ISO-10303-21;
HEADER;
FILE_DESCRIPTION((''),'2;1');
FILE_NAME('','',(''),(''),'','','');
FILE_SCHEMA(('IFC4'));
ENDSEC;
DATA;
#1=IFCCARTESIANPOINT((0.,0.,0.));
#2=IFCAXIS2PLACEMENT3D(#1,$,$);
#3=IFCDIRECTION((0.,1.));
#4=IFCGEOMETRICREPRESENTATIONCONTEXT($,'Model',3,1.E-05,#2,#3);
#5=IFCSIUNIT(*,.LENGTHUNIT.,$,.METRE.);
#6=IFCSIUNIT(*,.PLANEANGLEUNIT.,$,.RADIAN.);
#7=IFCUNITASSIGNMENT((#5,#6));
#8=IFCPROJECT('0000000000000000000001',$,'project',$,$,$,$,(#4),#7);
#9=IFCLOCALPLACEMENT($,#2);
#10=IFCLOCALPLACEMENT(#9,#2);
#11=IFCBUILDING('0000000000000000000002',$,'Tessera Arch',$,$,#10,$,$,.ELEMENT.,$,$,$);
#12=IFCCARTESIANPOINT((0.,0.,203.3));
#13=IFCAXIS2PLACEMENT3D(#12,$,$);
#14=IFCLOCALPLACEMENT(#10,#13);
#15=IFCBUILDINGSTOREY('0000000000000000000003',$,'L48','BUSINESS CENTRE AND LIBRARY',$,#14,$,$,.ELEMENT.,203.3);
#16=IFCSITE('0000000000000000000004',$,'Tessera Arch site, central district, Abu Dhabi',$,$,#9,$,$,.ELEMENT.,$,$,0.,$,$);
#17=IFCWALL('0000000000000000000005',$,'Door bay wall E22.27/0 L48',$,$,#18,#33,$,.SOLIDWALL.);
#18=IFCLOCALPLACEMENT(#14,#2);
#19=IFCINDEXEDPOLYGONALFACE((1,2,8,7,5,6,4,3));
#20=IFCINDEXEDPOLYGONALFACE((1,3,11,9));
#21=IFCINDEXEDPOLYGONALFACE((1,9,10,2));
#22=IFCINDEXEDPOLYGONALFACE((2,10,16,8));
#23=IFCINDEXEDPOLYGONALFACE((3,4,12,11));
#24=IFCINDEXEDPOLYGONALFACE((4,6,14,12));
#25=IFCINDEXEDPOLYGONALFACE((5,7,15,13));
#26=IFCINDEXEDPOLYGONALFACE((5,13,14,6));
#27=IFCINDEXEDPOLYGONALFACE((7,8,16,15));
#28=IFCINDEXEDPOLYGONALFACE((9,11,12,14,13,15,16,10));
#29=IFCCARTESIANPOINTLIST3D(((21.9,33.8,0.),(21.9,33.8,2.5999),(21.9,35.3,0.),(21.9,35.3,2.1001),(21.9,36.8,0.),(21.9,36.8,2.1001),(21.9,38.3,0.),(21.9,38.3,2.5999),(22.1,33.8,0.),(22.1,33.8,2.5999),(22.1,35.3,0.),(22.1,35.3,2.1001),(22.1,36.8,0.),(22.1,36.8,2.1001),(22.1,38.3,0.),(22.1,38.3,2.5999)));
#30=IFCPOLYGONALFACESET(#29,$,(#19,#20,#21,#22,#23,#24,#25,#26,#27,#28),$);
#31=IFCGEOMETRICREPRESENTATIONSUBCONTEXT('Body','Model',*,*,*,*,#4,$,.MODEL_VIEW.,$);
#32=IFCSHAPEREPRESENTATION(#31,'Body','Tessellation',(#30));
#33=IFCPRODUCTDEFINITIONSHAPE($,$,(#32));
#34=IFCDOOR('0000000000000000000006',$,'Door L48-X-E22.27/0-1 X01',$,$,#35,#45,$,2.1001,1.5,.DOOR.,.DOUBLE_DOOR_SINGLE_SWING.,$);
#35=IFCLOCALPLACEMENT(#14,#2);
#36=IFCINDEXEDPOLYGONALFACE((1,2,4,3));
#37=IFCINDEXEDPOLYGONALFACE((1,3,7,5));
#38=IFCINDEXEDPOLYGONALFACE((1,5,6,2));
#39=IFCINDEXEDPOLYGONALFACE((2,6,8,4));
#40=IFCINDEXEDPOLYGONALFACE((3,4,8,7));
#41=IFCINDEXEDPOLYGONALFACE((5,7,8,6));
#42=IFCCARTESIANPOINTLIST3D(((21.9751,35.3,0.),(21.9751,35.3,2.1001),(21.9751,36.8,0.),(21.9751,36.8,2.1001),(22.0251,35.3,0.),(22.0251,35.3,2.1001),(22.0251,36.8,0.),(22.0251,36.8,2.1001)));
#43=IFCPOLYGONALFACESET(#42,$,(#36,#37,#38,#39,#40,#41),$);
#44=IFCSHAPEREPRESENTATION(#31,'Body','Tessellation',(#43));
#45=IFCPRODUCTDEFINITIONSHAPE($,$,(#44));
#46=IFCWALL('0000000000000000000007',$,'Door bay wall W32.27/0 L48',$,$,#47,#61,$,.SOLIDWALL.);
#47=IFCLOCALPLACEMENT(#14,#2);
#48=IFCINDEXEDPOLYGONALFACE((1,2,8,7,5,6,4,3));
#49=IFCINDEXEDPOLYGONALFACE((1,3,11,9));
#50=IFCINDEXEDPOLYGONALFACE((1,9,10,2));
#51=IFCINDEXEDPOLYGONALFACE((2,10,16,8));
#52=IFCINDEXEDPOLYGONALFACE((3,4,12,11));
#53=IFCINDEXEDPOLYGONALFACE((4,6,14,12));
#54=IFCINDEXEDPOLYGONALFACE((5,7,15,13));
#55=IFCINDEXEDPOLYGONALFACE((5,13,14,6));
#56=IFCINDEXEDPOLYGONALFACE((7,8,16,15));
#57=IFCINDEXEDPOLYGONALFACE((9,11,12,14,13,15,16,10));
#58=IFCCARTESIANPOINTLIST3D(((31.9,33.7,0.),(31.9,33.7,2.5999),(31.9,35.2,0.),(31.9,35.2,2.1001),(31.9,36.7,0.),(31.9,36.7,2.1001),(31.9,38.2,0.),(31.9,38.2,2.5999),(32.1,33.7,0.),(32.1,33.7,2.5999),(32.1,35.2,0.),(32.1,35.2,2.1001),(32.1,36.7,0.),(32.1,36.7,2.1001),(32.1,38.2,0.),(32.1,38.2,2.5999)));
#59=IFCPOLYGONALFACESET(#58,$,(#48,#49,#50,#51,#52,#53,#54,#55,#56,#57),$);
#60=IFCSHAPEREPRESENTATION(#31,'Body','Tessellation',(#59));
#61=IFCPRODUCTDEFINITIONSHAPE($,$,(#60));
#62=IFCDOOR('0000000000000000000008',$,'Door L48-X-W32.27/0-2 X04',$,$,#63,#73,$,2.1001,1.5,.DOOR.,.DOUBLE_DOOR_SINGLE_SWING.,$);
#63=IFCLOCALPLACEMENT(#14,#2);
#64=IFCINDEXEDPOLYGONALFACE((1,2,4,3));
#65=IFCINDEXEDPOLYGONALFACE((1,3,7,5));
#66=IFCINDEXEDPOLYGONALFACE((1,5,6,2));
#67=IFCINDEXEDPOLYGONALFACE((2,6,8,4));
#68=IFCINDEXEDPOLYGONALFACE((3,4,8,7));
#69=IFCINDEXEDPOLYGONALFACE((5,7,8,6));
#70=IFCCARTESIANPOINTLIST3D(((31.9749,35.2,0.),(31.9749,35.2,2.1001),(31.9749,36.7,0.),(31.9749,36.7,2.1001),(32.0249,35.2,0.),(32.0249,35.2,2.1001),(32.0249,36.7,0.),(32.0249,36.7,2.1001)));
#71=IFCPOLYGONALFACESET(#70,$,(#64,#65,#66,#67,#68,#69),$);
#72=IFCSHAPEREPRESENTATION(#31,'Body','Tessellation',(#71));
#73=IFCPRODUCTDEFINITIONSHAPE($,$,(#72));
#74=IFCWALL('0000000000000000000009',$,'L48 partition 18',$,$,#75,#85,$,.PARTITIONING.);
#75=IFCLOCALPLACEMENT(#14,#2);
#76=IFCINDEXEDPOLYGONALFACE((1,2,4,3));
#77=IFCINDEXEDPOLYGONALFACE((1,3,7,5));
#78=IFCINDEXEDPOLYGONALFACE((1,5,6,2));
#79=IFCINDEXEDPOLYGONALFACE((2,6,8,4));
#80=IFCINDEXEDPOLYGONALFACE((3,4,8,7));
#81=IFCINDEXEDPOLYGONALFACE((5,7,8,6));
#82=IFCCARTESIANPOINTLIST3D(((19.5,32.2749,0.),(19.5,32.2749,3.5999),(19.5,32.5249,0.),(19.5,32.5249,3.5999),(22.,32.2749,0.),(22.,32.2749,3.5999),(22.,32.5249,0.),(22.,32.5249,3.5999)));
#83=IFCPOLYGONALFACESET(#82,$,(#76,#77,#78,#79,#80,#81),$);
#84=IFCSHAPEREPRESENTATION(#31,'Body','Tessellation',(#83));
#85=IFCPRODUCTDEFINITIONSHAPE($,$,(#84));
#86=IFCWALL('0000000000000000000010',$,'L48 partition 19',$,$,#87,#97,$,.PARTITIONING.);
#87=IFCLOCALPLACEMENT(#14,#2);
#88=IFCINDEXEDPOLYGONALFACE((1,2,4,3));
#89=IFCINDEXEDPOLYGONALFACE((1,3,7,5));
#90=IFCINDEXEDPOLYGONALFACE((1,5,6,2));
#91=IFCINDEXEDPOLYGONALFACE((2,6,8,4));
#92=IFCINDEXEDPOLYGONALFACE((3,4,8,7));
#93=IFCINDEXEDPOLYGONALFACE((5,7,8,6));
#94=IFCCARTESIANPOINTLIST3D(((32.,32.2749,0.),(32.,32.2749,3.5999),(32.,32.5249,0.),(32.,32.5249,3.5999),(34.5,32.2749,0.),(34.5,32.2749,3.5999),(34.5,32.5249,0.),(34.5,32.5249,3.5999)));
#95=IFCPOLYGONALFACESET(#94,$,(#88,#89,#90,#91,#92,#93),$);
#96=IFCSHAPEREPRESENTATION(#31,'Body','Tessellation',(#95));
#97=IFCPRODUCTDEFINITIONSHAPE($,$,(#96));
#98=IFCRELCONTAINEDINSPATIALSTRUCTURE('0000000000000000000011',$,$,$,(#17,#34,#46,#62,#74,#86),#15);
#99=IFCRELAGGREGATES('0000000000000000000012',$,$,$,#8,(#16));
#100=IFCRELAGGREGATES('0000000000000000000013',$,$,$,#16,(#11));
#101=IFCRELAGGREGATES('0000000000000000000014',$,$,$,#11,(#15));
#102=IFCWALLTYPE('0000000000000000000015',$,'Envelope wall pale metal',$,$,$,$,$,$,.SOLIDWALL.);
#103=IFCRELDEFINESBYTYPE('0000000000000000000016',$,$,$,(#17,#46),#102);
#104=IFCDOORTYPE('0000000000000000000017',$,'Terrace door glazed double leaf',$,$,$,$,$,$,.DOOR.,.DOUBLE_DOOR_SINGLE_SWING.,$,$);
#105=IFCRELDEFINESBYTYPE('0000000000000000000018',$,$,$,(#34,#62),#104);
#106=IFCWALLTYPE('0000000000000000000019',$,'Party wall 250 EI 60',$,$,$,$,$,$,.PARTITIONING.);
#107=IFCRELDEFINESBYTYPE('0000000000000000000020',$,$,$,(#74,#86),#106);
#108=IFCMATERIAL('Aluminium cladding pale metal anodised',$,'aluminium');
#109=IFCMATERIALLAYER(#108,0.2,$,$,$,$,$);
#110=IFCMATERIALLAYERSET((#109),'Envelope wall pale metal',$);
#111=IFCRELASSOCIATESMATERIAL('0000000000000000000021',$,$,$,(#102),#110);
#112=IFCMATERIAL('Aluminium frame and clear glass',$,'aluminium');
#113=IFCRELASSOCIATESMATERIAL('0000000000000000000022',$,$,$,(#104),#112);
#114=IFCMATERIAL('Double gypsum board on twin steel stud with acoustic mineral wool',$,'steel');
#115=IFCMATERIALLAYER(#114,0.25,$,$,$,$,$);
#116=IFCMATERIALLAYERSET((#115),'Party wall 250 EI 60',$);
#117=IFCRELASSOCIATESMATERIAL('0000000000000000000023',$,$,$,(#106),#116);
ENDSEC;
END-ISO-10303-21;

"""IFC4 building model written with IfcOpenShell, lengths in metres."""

from ifc_helpers import new_model, si_unit, direction, frame, frame_2d, origin, place, context, subcontext, project, spatial, rectangle, extrude, material, layer, layer_set, type_object, element, fill, save


model = new_model("IFC4")

# Units and contexts
model_context = context("Model", 3, precision=1e-05, world=origin(), true_north=direction((0.0, 1.0)))
body_context = subcontext(model_context, "Body", "Model", "MODEL_VIEW")
ifc_project = project(units=[si_unit("LENGTHUNIT", "METRE"), si_unit("PLANEANGLEUNIT", "RADIAN")], contexts=[model_context])

# Site, building, storey
site_placement = place(None, origin())
site = spatial("IfcSite", under=ifc_project, at=site_placement, Name="Tessera Arch site, central district, Abu Dhabi", CompositionType="ELEMENT", RefElevation=0.0)
building_placement = place(site_placement, origin())
building = spatial("IfcBuilding", under=site, at=building_placement, Name="Tessera Arch", CompositionType="ELEMENT")
storey_placement = place(building_placement, frame((0.0, 0.0, 203.3)))
storey = spatial("IfcBuildingStorey", under=building, at=storey_placement, Name="L48", Description="BUSINESS CENTRE AND LIBRARY", CompositionType="ELEMENT", Elevation=203.3)

# Walls, openings, doors
ifc_material_1 = material(Name="Aluminium cladding pale metal anodised", Category="aluminium")
ifc_layer_1 = layer(ifc_material_1, 0.2)
ifc_layer_set_1 = layer_set([ifc_layer_1], Name="Envelope wall pale metal")
wall_type_1 = type_object("IfcWallType", Name="Envelope wall pale metal", PredefinedType="SOLIDWALL", material=ifc_layer_set_1)
wall_1_placement = place(storey_placement, frame((22.0, 33.8, 0.0), z_axis=(0.0, 0.0, 1.0), x_axis=(0.0, 1.0, 0.0)))
wall_1 = element("IfcWall", 1, at=wall_1_placement, inside=storey, type_object=wall_type_1, Name="Door bay wall E22.27/0 L48", PredefinedType="SOLIDWALL", context=body_context, shape_type="SweptSolid", body=[
    extrude(rectangle(XDim=4.5, YDim=0.2, at=frame_2d((2.25, 0.0))), origin(), (0.0, 0.0, 1.0), 2.5999),
])
opening_1_placement = place(wall_1_placement, frame((1.5, 0.0, 0.0)))
opening_1 = element("IfcOpeningElement", 2, at=opening_1_placement, cuts=wall_1, PredefinedType="OPENING", context=body_context, shape_type="SweptSolid", body=[
    extrude(rectangle(XDim=1.5, YDim=2.1001, at=frame_2d((0.75, 1.05))), frame((0.0, 0.1099, 0.0), z_axis=(0.0, -1.0, 0.0), x_axis=(1.0, 0.0, 0.0)), (0.0, 0.0, 1.0), 0.22),
])
ifc_material_2 = material(Name="Aluminium frame and clear glass", Category="aluminium")
door_type_1 = type_object("IfcDoorType", Name="Terrace door glazed double leaf", OperationType="DOUBLE_DOOR_SINGLE_SWING", PredefinedType="DOOR", material=ifc_material_2)
door_1_placement = place(opening_1_placement, origin())
door_1 = element("IfcDoor", 3, at=door_1_placement, inside=storey, type_object=door_type_1, Name="Door L48-X-E22.27/0-1 X01", OperationType="DOUBLE_DOOR_SINGLE_SWING", OverallHeight=2.1001, OverallWidth=1.5, PredefinedType="DOOR", context=body_context, shape_type="SweptSolid", body=[
    extrude(rectangle(XDim=1.5, YDim=2.1001, at=frame_2d((0.75, 1.05))), frame((0.0, 0.0249, 0.0), z_axis=(0.0, -1.0, 0.0), x_axis=(1.0, 0.0, 0.0)), (0.0, 0.0, 1.0), 0.05),
])
fill(opening_1, door_1)
wall_2_placement = place(storey_placement, frame((32.0, 38.2, 0.0), z_axis=(0.0, 0.0, 1.0), x_axis=(0.0, -1.0, 0.0)))
wall_2 = element("IfcWall", 4, at=wall_2_placement, inside=storey, type_object=wall_type_1, Name="Door bay wall W32.27/0 L48", PredefinedType="SOLIDWALL", context=body_context, shape_type="SweptSolid", body=[
    extrude(rectangle(XDim=4.5, YDim=0.2, at=frame_2d((2.25, 0.0))), origin(), (0.0, 0.0, 1.0), 2.5999),
])
opening_2_placement = place(wall_2_placement, frame((1.5, 0.0, 0.0)))
opening_2 = element("IfcOpeningElement", 5, at=opening_2_placement, cuts=wall_2, PredefinedType="OPENING", context=body_context, shape_type="SweptSolid", body=[
    extrude(rectangle(XDim=1.5, YDim=2.1001, at=frame_2d((0.75, 1.05))), frame((0.0, 0.1099, 0.0), z_axis=(0.0, -1.0, 0.0), x_axis=(1.0, 0.0, 0.0)), (0.0, 0.0, 1.0), 0.22),
])
door_2_placement = place(opening_2_placement, origin())
door_2 = element("IfcDoor", 6, at=door_2_placement, inside=storey, type_object=door_type_1, Name="Door L48-X-W32.27/0-2 X04", OperationType="DOUBLE_DOOR_SINGLE_SWING", OverallHeight=2.1001, OverallWidth=1.5, PredefinedType="DOOR", context=body_context, shape_type="SweptSolid", body=[
    extrude(rectangle(XDim=1.5, YDim=2.1001, at=frame_2d((0.75, 1.05))), frame((0.0, 0.0249, 0.0), z_axis=(0.0, -1.0, 0.0), x_axis=(1.0, 0.0, 0.0)), (0.0, 0.0, 1.0), 0.05),
])
fill(opening_2, door_2)

# Walls
ifc_material_3 = material(Name="Double gypsum board on twin steel stud with acoustic mineral wool", Category="steel")
ifc_layer_2 = layer(ifc_material_3, 0.25)
ifc_layer_set_2 = layer_set([ifc_layer_2], Name="Party wall 250 EI 60")
wall_type_2 = type_object("IfcWallType", Name="Party wall 250 EI 60", PredefinedType="PARTITIONING", material=ifc_layer_set_2)
for number, where, z_axis, x_axis, name in (
    (7, (19.5, 32.3999, 0.0), (0.0, 0.0, 1.0), (1.0, 0.0, 0.0), "L48 partition 18"),
    (8, (32.0, 32.3999, 0.0), (0.0, 0.0, 1.0), (1.0, 0.0, 0.0), "L48 partition 19"),
):
    element("IfcWall", number, at=place(storey_placement, frame(where, z_axis=z_axis, x_axis=x_axis)), inside=storey, type_object=wall_type_2, Name=name, PredefinedType="PARTITIONING", context=body_context, shape_type="SweptSolid", body=[
        extrude(rectangle(XDim=2.5, YDim=0.25, at=frame_2d((1.25, 0.0))), origin(), (0.0, 0.0, 1.0), 3.5999),
    ])

save(model, "model.ifc")
